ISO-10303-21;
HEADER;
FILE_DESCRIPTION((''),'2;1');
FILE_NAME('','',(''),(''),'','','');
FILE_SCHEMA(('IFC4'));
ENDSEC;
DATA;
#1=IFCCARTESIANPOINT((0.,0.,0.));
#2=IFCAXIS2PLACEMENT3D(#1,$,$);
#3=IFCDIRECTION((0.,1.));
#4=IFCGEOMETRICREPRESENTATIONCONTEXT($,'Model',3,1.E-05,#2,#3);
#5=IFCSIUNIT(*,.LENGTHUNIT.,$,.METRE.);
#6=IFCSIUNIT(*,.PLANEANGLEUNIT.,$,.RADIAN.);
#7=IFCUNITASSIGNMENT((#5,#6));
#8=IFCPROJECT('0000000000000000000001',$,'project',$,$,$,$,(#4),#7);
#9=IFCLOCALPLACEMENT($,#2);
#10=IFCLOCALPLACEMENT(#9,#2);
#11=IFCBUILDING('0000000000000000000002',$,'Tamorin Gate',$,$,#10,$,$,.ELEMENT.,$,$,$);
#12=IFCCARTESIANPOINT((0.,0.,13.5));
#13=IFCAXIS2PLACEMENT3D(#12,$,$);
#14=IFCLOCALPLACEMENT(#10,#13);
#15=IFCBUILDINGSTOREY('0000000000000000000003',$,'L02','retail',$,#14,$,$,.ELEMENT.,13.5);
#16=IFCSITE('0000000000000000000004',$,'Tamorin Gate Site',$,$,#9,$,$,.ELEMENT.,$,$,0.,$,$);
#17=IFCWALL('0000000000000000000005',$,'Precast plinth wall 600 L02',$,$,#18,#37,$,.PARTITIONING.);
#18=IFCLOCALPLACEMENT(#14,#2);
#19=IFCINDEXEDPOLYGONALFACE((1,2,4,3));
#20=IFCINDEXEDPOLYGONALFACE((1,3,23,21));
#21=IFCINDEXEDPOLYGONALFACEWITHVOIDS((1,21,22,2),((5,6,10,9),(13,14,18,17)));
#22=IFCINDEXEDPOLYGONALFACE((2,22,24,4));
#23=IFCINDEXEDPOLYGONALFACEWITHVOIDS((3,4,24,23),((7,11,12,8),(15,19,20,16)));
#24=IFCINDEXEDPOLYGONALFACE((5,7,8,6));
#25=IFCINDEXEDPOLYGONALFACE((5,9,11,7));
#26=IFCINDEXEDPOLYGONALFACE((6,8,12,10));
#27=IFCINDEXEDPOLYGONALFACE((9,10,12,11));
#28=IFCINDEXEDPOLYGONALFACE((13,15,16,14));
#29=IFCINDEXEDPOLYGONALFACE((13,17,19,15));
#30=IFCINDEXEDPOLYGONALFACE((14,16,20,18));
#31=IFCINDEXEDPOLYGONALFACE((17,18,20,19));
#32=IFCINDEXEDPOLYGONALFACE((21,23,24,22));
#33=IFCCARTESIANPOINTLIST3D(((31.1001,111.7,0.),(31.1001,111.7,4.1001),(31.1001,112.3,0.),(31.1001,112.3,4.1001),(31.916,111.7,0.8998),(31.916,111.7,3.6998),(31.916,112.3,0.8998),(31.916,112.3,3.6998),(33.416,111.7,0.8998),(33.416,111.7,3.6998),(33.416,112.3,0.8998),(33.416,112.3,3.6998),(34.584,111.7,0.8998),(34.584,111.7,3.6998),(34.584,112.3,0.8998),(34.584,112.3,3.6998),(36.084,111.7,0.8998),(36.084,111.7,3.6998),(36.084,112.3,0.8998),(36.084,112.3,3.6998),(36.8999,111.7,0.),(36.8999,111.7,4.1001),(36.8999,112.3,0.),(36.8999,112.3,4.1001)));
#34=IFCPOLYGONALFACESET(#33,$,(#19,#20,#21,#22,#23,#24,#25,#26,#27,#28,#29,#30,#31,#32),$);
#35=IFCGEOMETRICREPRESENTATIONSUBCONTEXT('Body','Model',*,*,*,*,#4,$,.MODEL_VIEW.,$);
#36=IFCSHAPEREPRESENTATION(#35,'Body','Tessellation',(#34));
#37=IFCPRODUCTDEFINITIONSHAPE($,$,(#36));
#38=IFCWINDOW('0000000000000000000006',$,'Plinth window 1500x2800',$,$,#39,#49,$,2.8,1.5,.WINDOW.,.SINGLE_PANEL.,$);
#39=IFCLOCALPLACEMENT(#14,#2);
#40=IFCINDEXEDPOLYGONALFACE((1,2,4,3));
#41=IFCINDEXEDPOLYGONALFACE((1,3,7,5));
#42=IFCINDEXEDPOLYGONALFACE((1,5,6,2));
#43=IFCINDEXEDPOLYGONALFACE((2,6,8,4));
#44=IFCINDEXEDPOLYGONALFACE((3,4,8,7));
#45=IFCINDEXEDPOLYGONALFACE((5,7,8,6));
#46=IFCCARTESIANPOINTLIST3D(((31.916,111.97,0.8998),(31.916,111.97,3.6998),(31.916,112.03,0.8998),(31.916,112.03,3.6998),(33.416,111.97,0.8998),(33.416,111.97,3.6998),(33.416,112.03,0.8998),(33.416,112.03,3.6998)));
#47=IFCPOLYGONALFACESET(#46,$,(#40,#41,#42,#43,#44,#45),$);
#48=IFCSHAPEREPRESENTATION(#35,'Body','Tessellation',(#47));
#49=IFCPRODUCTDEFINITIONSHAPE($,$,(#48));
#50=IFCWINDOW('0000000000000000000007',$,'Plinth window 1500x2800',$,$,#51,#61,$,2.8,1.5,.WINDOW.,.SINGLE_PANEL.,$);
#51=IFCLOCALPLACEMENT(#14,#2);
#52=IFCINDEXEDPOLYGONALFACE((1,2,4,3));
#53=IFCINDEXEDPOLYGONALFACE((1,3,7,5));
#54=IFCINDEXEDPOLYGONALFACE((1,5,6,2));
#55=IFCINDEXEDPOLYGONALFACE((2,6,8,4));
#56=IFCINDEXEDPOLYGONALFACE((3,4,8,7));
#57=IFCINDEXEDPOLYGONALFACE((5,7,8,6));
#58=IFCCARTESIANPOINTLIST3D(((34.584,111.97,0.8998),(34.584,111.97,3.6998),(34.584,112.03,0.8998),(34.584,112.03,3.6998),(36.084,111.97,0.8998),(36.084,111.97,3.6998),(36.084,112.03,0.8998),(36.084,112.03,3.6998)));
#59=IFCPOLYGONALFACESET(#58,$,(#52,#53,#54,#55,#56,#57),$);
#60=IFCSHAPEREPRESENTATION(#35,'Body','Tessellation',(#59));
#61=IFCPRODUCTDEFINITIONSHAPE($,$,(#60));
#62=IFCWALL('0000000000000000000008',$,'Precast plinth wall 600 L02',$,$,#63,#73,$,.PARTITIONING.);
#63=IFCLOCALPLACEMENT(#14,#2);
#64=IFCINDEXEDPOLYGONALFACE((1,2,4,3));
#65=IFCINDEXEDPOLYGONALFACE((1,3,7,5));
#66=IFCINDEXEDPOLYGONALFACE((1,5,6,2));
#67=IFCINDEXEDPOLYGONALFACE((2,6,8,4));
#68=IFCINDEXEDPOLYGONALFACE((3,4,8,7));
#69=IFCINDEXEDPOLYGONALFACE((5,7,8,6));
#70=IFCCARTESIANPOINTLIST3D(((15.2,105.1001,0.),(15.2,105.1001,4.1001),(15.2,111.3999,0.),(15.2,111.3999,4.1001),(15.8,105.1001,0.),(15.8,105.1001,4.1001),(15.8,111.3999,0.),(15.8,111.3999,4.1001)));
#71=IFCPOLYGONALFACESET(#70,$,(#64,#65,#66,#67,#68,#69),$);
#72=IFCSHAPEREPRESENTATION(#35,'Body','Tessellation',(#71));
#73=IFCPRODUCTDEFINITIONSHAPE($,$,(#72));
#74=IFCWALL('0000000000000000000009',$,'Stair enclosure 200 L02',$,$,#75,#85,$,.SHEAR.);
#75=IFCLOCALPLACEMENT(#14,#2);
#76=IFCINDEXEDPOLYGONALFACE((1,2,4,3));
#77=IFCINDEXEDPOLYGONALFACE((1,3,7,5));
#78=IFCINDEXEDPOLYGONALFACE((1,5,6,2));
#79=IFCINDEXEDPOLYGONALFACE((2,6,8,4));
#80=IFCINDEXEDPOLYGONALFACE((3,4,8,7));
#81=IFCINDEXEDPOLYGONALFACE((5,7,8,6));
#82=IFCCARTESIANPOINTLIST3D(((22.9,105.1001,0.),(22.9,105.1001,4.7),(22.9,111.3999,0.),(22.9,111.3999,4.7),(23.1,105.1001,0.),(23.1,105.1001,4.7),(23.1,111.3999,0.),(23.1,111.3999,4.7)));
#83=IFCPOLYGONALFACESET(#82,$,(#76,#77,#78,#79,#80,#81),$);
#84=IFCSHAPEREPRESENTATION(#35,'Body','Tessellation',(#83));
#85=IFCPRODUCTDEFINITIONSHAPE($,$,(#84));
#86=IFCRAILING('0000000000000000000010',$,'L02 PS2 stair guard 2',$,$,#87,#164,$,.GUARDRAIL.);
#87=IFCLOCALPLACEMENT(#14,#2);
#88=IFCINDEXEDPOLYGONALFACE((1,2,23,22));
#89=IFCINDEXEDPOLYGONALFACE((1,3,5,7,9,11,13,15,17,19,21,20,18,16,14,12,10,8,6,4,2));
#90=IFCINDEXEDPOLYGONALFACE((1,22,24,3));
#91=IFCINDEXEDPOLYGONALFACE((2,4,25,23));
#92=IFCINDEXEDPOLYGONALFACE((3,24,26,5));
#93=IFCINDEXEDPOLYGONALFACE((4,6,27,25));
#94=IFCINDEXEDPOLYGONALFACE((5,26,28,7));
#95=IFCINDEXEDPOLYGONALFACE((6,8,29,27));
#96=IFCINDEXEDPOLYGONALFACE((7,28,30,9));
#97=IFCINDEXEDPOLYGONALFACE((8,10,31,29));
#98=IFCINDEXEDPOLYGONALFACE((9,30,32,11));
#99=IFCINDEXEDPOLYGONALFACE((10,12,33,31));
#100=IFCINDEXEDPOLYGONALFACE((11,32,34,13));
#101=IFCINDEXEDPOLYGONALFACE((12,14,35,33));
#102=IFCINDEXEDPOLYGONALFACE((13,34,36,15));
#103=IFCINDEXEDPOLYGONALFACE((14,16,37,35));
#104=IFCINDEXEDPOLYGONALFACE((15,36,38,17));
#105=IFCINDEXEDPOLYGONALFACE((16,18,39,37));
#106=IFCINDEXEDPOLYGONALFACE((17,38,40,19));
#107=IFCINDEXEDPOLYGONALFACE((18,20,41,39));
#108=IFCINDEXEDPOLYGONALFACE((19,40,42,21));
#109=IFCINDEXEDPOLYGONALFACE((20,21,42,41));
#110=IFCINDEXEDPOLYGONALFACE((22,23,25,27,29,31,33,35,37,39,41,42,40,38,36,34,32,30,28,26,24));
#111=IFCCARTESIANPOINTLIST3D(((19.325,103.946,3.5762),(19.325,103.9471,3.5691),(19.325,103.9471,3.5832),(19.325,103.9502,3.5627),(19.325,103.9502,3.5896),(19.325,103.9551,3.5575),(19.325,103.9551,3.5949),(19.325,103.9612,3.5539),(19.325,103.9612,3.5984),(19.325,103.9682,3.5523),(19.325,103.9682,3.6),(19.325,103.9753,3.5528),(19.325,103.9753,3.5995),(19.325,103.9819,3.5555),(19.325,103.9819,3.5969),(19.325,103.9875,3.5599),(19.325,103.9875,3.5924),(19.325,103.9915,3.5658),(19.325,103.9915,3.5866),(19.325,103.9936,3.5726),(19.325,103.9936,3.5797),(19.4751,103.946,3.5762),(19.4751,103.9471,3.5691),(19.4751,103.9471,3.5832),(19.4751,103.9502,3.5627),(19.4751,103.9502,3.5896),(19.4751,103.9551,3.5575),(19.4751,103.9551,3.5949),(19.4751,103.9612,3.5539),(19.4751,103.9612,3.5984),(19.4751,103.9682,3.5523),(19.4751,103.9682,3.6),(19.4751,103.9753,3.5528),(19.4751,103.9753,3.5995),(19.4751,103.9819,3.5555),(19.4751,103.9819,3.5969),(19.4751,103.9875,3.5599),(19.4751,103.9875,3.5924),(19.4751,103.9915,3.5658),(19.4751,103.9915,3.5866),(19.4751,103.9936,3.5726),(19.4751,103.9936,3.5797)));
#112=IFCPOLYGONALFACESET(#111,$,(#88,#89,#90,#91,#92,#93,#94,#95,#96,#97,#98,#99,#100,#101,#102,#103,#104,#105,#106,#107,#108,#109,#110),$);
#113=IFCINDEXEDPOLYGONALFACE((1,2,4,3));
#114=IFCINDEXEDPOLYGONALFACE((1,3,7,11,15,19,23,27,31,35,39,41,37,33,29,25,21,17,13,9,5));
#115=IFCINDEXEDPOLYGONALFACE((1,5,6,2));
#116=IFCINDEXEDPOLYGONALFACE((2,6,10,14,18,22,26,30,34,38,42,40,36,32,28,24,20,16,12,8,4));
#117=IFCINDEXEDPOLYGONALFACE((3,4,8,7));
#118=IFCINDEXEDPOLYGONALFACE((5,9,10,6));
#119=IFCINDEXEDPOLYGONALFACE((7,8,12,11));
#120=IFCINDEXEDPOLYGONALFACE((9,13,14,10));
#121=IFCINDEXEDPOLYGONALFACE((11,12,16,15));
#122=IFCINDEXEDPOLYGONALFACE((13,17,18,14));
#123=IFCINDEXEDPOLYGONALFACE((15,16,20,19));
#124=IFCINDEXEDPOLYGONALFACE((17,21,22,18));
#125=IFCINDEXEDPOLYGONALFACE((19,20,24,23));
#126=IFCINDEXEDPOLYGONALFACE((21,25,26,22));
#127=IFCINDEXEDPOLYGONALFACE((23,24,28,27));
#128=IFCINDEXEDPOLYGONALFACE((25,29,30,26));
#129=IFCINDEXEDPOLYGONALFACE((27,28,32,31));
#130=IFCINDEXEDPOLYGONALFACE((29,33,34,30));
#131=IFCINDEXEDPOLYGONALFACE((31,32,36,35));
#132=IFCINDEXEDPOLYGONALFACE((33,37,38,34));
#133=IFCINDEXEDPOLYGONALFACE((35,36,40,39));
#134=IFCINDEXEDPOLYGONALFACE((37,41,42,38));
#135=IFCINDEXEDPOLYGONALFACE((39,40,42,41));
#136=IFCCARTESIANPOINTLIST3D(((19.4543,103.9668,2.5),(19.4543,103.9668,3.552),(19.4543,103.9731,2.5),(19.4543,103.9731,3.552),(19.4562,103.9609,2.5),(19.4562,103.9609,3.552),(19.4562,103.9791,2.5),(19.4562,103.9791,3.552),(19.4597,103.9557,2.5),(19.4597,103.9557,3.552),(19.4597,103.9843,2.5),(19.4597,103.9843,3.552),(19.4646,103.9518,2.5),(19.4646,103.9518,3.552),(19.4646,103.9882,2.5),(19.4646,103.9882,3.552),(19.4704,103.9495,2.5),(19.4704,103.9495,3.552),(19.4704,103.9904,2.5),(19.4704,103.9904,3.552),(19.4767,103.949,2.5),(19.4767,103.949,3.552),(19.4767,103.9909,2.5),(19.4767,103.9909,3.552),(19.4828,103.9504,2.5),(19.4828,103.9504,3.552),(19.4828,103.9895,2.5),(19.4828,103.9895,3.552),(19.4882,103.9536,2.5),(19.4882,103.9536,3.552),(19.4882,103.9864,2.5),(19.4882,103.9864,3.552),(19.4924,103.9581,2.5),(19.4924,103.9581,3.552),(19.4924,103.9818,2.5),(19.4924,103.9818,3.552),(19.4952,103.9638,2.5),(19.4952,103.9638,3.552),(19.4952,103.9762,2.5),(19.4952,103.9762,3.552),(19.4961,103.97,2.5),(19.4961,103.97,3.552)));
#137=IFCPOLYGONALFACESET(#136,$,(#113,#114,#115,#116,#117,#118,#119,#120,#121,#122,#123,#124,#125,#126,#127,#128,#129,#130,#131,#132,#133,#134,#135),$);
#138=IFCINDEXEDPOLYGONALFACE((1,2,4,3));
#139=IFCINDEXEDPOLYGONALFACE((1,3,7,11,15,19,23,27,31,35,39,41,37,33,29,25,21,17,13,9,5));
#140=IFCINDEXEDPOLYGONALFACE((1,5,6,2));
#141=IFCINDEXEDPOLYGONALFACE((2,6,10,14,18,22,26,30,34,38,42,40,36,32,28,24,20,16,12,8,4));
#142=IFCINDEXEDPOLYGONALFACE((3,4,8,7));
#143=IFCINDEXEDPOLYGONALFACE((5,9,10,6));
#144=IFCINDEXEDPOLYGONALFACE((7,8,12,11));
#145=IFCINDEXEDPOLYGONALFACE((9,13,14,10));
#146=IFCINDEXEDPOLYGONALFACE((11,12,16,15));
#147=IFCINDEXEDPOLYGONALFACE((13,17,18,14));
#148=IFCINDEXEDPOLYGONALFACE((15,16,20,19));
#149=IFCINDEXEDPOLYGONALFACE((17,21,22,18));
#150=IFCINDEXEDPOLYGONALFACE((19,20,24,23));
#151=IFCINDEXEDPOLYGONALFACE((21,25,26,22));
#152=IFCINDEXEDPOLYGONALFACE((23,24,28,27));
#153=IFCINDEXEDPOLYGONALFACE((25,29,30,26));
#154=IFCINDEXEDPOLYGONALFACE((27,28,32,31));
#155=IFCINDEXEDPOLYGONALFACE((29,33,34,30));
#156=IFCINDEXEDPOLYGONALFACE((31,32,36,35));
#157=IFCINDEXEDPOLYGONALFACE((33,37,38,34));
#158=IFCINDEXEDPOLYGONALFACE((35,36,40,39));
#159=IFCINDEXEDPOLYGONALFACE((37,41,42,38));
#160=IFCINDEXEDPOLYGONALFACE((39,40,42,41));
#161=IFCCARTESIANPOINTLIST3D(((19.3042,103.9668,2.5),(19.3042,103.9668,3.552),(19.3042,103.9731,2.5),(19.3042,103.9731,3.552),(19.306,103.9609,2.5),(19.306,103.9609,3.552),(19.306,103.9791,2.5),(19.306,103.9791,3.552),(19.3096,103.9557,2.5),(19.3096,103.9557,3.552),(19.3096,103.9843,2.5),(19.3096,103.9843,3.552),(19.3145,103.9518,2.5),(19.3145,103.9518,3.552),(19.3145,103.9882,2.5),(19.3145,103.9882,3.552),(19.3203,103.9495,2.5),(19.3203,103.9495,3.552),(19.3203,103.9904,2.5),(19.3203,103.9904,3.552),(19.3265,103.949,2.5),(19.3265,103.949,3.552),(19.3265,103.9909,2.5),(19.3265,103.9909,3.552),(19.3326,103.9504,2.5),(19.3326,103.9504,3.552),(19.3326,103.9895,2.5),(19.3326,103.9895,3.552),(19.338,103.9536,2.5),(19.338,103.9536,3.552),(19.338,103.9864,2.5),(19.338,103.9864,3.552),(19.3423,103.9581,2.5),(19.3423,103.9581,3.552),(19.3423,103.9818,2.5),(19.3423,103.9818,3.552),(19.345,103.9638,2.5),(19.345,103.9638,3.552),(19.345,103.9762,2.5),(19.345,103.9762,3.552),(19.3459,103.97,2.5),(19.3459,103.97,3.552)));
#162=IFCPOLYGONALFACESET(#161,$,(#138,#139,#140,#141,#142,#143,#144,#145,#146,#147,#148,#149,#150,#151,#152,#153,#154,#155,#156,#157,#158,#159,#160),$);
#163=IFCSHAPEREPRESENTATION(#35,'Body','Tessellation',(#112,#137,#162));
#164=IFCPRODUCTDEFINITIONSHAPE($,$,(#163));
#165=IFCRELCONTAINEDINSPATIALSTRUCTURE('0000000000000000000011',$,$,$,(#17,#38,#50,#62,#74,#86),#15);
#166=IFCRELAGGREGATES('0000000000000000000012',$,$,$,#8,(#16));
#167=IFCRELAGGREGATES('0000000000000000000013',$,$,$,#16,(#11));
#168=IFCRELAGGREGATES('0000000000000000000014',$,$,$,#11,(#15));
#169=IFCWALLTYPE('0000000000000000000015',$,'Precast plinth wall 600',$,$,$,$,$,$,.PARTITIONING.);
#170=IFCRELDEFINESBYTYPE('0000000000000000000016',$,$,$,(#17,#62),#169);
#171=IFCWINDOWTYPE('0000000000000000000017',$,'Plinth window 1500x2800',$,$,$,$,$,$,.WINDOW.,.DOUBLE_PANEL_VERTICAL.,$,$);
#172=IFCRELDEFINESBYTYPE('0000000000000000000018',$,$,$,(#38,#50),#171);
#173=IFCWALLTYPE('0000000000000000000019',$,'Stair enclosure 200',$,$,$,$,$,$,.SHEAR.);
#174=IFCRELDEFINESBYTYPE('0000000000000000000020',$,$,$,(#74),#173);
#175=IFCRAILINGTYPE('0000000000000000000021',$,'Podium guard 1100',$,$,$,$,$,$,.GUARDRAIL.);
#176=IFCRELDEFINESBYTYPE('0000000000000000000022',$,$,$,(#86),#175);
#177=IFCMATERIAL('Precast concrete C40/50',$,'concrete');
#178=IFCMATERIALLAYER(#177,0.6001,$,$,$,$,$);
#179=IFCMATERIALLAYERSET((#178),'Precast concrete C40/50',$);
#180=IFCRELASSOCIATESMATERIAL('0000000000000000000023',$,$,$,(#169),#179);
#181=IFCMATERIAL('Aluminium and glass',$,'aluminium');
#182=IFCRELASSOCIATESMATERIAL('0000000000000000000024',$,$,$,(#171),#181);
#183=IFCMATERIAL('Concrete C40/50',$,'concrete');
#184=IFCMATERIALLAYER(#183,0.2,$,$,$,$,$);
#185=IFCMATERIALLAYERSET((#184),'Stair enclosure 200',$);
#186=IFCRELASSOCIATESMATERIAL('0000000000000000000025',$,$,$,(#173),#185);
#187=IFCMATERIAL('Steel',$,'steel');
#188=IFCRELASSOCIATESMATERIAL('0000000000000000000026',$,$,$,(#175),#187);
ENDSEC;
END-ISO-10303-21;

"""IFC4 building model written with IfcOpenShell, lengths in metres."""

from ifc_helpers import new_model, si_unit, direction, frame, frame_2d, origin, origin_2d, place, context, subcontext, project, spatial, rectangle, circle, extrude, material, layer, layer_set, type_object, element, fill, save


model = new_model("IFC4")

# Units and contexts
model_context = context("Model", 3, precision=1e-05, world=origin(), true_north=direction((0.0, 1.0)))
body_context = subcontext(model_context, "Body", "Model", "MODEL_VIEW")
ifc_project = project(units=[si_unit("LENGTHUNIT", "METRE"), si_unit("PLANEANGLEUNIT", "RADIAN")], contexts=[model_context])

# Site, building, storey
site_placement = place(None, origin())
site = spatial("IfcSite", under=ifc_project, at=site_placement, Name="Tamorin Gate Site", CompositionType="ELEMENT", RefElevation=0.0)
building_placement = place(site_placement, origin())
building = spatial("IfcBuilding", under=site, at=building_placement, Name="Tamorin Gate", CompositionType="ELEMENT")
storey_placement = place(building_placement, frame((0.0, 0.0, 13.5)))
storey = spatial("IfcBuildingStorey", under=building, at=storey_placement, Name="L02", Description="retail", CompositionType="ELEMENT", Elevation=13.5)

# Shared definitions
ifc_material_1 = material(Name="Precast concrete C40/50", Category="concrete")
ifc_layer_1 = layer(ifc_material_1, 0.6001)
ifc_layer_set_1 = layer_set([ifc_layer_1], Name="Precast concrete C40/50")
wall_type_1 = type_object("IfcWallType", Name="Precast plinth wall 600", PredefinedType="PARTITIONING", material=ifc_layer_set_1)

# Wall, openings, windows
ifc_material_2 = material(Name="Aluminium and glass", Category="aluminium")
window_type = type_object("IfcWindowType", Name="Plinth window 1500x2800", PartitioningType="DOUBLE_PANEL_VERTICAL", PredefinedType="WINDOW", material=ifc_material_2)
wall_1_placement = place(storey_placement, frame((31.1001, 112.0, 0.0), z_axis=(0.0, 0.0, 1.0), x_axis=(1.0, 0.0, 0.0)))
wall_1 = element("IfcWall", 1, at=wall_1_placement, inside=storey, type_object=wall_type_1, Name="Precast plinth wall 600 L02", PredefinedType="PARTITIONING", context=body_context, shape_type="SweptSolid", body=[
    extrude(rectangle(XDim=5.7998, YDim=0.6001, at=frame_2d((2.8999, 0.0))), origin(), (0.0, 0.0, 1.0), 4.1001),
])
opening_1_placement = place(wall_1_placement, frame((0.8159, 0.0, 0.8999)))
opening_1 = element("IfcOpeningElement", 2, at=opening_1_placement, cuts=wall_1, PredefinedType="OPENING", context=body_context, shape_type="SweptSolid", body=[
    extrude(rectangle(XDim=1.5, YDim=2.8, at=frame_2d((0.75, 1.3999))), frame((0.0, 0.3101, 0.0), z_axis=(0.0, -1.0, 0.0), x_axis=(1.0, 0.0, 0.0)), (0.0, 0.0, 1.0), 0.6201),
])
opening_2_placement = place(wall_1_placement, frame((3.4839, 0.0, 0.8999)))
opening_2 = element("IfcOpeningElement", 3, at=opening_2_placement, cuts=wall_1, PredefinedType="OPENING", context=body_context, shape_type="SweptSolid", body=[
    extrude(rectangle(XDim=1.5, YDim=2.8, at=frame_2d((0.75, 1.3999))), frame((0.0, 0.3101, 0.0), z_axis=(0.0, -1.0, 0.0), x_axis=(1.0, 0.0, 0.0)), (0.0, 0.0, 1.0), 0.6201),
])
window_1_placement = place(opening_1_placement, origin())
window_1 = element("IfcWindow", 4, at=window_1_placement, inside=storey, type_object=window_type, Name="Plinth window 1500x2800", OverallHeight=2.8, OverallWidth=1.5, PartitioningType="SINGLE_PANEL", PredefinedType="WINDOW", context=body_context, shape_type="SweptSolid", body=[
    extrude(rectangle(XDim=1.5, YDim=2.8, at=frame_2d((0.75, 1.3999))), frame((0.0, 0.03, 0.0), z_axis=(0.0, -1.0, 0.0), x_axis=(1.0, 0.0, 0.0)), (0.0, 0.0, 1.0), 0.0601),
])
fill(opening_1, window_1)
window_2_placement = place(opening_2_placement, origin())
window_2 = element("IfcWindow", 5, at=window_2_placement, inside=storey, type_object=window_type, Name="Plinth window 1500x2800", OverallHeight=2.8, OverallWidth=1.5, PartitioningType="SINGLE_PANEL", PredefinedType="WINDOW", context=body_context, shape_type="SweptSolid", body=[
    extrude(rectangle(XDim=1.5, YDim=2.8, at=frame_2d((0.75, 1.3999))), frame((0.0, 0.03, 0.0), z_axis=(0.0, -1.0, 0.0), x_axis=(1.0, 0.0, 0.0)), (0.0, 0.0, 1.0), 0.0601),
])
fill(opening_2, window_2)

# Walls
wall_2_placement = place(storey_placement, frame((15.5, 105.1001, 0.0), z_axis=(0.0, 0.0, 1.0), x_axis=(0.0, 1.0, 0.0)))
element("IfcWall", 6, at=wall_2_placement, inside=storey, type_object=wall_type_1, Name="Precast plinth wall 600 L02", PredefinedType="PARTITIONING", context=body_context, shape_type="SweptSolid", body=[
    extrude(rectangle(XDim=6.2998, YDim=0.6001, at=frame_2d((3.1499, 0.0))), origin(), (0.0, 0.0, 1.0), 4.1001),
])
ifc_material_3 = material(Name="Concrete C40/50", Category="concrete")
ifc_layer_2 = layer(ifc_material_3, 0.2)
ifc_layer_set_2 = layer_set([ifc_layer_2], Name="Stair enclosure 200")
wall_type_2 = type_object("IfcWallType", Name="Stair enclosure 200", PredefinedType="SHEAR", material=ifc_layer_set_2)
wall_3_placement = place(storey_placement, frame((23.0, 105.1001, 0.0), z_axis=(0.0, 0.0, 1.0), x_axis=(0.0, 1.0, 0.0)))
element("IfcWall", 7, at=wall_3_placement, inside=storey, type_object=wall_type_2, Name="Stair enclosure 200 L02", PredefinedType="SHEAR", context=body_context, shape_type="SweptSolid", body=[
    extrude(rectangle(XDim=6.2998, YDim=0.2, at=frame_2d((3.1499, 0.0))), origin(), (0.0, 0.0, 1.0), 4.7),
])

# Railing
ifc_material_4 = material(Name="Steel", Category="steel")
railing_type = type_object("IfcRailingType", Name="Podium guard 1100", PredefinedType="GUARDRAIL", material=ifc_material_4)
railing_1_placement = place(storey_placement, frame((19.4751, 103.97, 2.5)))
element("IfcRailing", 8, at=railing_1_placement, inside=storey, type_object=railing_type, Name="L02 PS2 stair guard 2", PredefinedType="GUARDRAIL", context=body_context, shape_type="SweptSolid", body=[
    extrude(circle(Radius=0.0239, at=origin_2d()), frame((0.0, 0.0, 1.0762), z_axis=(-1.0, 0.0, 0.0), x_axis=(0.0, -1.0, 0.0)), (0.0, 0.0, 1.0), 0.1501),
    extrude(circle(Radius=0.021, at=origin_2d()), origin(), (0.0, 0.0, 1.0), 1.052),
    extrude(circle(Radius=0.021, at=origin_2d()), frame((-0.1501, 0.0, 0.0)), (0.0, 0.0, 1.0), 1.052),
])

save(model, "model.ifc")
